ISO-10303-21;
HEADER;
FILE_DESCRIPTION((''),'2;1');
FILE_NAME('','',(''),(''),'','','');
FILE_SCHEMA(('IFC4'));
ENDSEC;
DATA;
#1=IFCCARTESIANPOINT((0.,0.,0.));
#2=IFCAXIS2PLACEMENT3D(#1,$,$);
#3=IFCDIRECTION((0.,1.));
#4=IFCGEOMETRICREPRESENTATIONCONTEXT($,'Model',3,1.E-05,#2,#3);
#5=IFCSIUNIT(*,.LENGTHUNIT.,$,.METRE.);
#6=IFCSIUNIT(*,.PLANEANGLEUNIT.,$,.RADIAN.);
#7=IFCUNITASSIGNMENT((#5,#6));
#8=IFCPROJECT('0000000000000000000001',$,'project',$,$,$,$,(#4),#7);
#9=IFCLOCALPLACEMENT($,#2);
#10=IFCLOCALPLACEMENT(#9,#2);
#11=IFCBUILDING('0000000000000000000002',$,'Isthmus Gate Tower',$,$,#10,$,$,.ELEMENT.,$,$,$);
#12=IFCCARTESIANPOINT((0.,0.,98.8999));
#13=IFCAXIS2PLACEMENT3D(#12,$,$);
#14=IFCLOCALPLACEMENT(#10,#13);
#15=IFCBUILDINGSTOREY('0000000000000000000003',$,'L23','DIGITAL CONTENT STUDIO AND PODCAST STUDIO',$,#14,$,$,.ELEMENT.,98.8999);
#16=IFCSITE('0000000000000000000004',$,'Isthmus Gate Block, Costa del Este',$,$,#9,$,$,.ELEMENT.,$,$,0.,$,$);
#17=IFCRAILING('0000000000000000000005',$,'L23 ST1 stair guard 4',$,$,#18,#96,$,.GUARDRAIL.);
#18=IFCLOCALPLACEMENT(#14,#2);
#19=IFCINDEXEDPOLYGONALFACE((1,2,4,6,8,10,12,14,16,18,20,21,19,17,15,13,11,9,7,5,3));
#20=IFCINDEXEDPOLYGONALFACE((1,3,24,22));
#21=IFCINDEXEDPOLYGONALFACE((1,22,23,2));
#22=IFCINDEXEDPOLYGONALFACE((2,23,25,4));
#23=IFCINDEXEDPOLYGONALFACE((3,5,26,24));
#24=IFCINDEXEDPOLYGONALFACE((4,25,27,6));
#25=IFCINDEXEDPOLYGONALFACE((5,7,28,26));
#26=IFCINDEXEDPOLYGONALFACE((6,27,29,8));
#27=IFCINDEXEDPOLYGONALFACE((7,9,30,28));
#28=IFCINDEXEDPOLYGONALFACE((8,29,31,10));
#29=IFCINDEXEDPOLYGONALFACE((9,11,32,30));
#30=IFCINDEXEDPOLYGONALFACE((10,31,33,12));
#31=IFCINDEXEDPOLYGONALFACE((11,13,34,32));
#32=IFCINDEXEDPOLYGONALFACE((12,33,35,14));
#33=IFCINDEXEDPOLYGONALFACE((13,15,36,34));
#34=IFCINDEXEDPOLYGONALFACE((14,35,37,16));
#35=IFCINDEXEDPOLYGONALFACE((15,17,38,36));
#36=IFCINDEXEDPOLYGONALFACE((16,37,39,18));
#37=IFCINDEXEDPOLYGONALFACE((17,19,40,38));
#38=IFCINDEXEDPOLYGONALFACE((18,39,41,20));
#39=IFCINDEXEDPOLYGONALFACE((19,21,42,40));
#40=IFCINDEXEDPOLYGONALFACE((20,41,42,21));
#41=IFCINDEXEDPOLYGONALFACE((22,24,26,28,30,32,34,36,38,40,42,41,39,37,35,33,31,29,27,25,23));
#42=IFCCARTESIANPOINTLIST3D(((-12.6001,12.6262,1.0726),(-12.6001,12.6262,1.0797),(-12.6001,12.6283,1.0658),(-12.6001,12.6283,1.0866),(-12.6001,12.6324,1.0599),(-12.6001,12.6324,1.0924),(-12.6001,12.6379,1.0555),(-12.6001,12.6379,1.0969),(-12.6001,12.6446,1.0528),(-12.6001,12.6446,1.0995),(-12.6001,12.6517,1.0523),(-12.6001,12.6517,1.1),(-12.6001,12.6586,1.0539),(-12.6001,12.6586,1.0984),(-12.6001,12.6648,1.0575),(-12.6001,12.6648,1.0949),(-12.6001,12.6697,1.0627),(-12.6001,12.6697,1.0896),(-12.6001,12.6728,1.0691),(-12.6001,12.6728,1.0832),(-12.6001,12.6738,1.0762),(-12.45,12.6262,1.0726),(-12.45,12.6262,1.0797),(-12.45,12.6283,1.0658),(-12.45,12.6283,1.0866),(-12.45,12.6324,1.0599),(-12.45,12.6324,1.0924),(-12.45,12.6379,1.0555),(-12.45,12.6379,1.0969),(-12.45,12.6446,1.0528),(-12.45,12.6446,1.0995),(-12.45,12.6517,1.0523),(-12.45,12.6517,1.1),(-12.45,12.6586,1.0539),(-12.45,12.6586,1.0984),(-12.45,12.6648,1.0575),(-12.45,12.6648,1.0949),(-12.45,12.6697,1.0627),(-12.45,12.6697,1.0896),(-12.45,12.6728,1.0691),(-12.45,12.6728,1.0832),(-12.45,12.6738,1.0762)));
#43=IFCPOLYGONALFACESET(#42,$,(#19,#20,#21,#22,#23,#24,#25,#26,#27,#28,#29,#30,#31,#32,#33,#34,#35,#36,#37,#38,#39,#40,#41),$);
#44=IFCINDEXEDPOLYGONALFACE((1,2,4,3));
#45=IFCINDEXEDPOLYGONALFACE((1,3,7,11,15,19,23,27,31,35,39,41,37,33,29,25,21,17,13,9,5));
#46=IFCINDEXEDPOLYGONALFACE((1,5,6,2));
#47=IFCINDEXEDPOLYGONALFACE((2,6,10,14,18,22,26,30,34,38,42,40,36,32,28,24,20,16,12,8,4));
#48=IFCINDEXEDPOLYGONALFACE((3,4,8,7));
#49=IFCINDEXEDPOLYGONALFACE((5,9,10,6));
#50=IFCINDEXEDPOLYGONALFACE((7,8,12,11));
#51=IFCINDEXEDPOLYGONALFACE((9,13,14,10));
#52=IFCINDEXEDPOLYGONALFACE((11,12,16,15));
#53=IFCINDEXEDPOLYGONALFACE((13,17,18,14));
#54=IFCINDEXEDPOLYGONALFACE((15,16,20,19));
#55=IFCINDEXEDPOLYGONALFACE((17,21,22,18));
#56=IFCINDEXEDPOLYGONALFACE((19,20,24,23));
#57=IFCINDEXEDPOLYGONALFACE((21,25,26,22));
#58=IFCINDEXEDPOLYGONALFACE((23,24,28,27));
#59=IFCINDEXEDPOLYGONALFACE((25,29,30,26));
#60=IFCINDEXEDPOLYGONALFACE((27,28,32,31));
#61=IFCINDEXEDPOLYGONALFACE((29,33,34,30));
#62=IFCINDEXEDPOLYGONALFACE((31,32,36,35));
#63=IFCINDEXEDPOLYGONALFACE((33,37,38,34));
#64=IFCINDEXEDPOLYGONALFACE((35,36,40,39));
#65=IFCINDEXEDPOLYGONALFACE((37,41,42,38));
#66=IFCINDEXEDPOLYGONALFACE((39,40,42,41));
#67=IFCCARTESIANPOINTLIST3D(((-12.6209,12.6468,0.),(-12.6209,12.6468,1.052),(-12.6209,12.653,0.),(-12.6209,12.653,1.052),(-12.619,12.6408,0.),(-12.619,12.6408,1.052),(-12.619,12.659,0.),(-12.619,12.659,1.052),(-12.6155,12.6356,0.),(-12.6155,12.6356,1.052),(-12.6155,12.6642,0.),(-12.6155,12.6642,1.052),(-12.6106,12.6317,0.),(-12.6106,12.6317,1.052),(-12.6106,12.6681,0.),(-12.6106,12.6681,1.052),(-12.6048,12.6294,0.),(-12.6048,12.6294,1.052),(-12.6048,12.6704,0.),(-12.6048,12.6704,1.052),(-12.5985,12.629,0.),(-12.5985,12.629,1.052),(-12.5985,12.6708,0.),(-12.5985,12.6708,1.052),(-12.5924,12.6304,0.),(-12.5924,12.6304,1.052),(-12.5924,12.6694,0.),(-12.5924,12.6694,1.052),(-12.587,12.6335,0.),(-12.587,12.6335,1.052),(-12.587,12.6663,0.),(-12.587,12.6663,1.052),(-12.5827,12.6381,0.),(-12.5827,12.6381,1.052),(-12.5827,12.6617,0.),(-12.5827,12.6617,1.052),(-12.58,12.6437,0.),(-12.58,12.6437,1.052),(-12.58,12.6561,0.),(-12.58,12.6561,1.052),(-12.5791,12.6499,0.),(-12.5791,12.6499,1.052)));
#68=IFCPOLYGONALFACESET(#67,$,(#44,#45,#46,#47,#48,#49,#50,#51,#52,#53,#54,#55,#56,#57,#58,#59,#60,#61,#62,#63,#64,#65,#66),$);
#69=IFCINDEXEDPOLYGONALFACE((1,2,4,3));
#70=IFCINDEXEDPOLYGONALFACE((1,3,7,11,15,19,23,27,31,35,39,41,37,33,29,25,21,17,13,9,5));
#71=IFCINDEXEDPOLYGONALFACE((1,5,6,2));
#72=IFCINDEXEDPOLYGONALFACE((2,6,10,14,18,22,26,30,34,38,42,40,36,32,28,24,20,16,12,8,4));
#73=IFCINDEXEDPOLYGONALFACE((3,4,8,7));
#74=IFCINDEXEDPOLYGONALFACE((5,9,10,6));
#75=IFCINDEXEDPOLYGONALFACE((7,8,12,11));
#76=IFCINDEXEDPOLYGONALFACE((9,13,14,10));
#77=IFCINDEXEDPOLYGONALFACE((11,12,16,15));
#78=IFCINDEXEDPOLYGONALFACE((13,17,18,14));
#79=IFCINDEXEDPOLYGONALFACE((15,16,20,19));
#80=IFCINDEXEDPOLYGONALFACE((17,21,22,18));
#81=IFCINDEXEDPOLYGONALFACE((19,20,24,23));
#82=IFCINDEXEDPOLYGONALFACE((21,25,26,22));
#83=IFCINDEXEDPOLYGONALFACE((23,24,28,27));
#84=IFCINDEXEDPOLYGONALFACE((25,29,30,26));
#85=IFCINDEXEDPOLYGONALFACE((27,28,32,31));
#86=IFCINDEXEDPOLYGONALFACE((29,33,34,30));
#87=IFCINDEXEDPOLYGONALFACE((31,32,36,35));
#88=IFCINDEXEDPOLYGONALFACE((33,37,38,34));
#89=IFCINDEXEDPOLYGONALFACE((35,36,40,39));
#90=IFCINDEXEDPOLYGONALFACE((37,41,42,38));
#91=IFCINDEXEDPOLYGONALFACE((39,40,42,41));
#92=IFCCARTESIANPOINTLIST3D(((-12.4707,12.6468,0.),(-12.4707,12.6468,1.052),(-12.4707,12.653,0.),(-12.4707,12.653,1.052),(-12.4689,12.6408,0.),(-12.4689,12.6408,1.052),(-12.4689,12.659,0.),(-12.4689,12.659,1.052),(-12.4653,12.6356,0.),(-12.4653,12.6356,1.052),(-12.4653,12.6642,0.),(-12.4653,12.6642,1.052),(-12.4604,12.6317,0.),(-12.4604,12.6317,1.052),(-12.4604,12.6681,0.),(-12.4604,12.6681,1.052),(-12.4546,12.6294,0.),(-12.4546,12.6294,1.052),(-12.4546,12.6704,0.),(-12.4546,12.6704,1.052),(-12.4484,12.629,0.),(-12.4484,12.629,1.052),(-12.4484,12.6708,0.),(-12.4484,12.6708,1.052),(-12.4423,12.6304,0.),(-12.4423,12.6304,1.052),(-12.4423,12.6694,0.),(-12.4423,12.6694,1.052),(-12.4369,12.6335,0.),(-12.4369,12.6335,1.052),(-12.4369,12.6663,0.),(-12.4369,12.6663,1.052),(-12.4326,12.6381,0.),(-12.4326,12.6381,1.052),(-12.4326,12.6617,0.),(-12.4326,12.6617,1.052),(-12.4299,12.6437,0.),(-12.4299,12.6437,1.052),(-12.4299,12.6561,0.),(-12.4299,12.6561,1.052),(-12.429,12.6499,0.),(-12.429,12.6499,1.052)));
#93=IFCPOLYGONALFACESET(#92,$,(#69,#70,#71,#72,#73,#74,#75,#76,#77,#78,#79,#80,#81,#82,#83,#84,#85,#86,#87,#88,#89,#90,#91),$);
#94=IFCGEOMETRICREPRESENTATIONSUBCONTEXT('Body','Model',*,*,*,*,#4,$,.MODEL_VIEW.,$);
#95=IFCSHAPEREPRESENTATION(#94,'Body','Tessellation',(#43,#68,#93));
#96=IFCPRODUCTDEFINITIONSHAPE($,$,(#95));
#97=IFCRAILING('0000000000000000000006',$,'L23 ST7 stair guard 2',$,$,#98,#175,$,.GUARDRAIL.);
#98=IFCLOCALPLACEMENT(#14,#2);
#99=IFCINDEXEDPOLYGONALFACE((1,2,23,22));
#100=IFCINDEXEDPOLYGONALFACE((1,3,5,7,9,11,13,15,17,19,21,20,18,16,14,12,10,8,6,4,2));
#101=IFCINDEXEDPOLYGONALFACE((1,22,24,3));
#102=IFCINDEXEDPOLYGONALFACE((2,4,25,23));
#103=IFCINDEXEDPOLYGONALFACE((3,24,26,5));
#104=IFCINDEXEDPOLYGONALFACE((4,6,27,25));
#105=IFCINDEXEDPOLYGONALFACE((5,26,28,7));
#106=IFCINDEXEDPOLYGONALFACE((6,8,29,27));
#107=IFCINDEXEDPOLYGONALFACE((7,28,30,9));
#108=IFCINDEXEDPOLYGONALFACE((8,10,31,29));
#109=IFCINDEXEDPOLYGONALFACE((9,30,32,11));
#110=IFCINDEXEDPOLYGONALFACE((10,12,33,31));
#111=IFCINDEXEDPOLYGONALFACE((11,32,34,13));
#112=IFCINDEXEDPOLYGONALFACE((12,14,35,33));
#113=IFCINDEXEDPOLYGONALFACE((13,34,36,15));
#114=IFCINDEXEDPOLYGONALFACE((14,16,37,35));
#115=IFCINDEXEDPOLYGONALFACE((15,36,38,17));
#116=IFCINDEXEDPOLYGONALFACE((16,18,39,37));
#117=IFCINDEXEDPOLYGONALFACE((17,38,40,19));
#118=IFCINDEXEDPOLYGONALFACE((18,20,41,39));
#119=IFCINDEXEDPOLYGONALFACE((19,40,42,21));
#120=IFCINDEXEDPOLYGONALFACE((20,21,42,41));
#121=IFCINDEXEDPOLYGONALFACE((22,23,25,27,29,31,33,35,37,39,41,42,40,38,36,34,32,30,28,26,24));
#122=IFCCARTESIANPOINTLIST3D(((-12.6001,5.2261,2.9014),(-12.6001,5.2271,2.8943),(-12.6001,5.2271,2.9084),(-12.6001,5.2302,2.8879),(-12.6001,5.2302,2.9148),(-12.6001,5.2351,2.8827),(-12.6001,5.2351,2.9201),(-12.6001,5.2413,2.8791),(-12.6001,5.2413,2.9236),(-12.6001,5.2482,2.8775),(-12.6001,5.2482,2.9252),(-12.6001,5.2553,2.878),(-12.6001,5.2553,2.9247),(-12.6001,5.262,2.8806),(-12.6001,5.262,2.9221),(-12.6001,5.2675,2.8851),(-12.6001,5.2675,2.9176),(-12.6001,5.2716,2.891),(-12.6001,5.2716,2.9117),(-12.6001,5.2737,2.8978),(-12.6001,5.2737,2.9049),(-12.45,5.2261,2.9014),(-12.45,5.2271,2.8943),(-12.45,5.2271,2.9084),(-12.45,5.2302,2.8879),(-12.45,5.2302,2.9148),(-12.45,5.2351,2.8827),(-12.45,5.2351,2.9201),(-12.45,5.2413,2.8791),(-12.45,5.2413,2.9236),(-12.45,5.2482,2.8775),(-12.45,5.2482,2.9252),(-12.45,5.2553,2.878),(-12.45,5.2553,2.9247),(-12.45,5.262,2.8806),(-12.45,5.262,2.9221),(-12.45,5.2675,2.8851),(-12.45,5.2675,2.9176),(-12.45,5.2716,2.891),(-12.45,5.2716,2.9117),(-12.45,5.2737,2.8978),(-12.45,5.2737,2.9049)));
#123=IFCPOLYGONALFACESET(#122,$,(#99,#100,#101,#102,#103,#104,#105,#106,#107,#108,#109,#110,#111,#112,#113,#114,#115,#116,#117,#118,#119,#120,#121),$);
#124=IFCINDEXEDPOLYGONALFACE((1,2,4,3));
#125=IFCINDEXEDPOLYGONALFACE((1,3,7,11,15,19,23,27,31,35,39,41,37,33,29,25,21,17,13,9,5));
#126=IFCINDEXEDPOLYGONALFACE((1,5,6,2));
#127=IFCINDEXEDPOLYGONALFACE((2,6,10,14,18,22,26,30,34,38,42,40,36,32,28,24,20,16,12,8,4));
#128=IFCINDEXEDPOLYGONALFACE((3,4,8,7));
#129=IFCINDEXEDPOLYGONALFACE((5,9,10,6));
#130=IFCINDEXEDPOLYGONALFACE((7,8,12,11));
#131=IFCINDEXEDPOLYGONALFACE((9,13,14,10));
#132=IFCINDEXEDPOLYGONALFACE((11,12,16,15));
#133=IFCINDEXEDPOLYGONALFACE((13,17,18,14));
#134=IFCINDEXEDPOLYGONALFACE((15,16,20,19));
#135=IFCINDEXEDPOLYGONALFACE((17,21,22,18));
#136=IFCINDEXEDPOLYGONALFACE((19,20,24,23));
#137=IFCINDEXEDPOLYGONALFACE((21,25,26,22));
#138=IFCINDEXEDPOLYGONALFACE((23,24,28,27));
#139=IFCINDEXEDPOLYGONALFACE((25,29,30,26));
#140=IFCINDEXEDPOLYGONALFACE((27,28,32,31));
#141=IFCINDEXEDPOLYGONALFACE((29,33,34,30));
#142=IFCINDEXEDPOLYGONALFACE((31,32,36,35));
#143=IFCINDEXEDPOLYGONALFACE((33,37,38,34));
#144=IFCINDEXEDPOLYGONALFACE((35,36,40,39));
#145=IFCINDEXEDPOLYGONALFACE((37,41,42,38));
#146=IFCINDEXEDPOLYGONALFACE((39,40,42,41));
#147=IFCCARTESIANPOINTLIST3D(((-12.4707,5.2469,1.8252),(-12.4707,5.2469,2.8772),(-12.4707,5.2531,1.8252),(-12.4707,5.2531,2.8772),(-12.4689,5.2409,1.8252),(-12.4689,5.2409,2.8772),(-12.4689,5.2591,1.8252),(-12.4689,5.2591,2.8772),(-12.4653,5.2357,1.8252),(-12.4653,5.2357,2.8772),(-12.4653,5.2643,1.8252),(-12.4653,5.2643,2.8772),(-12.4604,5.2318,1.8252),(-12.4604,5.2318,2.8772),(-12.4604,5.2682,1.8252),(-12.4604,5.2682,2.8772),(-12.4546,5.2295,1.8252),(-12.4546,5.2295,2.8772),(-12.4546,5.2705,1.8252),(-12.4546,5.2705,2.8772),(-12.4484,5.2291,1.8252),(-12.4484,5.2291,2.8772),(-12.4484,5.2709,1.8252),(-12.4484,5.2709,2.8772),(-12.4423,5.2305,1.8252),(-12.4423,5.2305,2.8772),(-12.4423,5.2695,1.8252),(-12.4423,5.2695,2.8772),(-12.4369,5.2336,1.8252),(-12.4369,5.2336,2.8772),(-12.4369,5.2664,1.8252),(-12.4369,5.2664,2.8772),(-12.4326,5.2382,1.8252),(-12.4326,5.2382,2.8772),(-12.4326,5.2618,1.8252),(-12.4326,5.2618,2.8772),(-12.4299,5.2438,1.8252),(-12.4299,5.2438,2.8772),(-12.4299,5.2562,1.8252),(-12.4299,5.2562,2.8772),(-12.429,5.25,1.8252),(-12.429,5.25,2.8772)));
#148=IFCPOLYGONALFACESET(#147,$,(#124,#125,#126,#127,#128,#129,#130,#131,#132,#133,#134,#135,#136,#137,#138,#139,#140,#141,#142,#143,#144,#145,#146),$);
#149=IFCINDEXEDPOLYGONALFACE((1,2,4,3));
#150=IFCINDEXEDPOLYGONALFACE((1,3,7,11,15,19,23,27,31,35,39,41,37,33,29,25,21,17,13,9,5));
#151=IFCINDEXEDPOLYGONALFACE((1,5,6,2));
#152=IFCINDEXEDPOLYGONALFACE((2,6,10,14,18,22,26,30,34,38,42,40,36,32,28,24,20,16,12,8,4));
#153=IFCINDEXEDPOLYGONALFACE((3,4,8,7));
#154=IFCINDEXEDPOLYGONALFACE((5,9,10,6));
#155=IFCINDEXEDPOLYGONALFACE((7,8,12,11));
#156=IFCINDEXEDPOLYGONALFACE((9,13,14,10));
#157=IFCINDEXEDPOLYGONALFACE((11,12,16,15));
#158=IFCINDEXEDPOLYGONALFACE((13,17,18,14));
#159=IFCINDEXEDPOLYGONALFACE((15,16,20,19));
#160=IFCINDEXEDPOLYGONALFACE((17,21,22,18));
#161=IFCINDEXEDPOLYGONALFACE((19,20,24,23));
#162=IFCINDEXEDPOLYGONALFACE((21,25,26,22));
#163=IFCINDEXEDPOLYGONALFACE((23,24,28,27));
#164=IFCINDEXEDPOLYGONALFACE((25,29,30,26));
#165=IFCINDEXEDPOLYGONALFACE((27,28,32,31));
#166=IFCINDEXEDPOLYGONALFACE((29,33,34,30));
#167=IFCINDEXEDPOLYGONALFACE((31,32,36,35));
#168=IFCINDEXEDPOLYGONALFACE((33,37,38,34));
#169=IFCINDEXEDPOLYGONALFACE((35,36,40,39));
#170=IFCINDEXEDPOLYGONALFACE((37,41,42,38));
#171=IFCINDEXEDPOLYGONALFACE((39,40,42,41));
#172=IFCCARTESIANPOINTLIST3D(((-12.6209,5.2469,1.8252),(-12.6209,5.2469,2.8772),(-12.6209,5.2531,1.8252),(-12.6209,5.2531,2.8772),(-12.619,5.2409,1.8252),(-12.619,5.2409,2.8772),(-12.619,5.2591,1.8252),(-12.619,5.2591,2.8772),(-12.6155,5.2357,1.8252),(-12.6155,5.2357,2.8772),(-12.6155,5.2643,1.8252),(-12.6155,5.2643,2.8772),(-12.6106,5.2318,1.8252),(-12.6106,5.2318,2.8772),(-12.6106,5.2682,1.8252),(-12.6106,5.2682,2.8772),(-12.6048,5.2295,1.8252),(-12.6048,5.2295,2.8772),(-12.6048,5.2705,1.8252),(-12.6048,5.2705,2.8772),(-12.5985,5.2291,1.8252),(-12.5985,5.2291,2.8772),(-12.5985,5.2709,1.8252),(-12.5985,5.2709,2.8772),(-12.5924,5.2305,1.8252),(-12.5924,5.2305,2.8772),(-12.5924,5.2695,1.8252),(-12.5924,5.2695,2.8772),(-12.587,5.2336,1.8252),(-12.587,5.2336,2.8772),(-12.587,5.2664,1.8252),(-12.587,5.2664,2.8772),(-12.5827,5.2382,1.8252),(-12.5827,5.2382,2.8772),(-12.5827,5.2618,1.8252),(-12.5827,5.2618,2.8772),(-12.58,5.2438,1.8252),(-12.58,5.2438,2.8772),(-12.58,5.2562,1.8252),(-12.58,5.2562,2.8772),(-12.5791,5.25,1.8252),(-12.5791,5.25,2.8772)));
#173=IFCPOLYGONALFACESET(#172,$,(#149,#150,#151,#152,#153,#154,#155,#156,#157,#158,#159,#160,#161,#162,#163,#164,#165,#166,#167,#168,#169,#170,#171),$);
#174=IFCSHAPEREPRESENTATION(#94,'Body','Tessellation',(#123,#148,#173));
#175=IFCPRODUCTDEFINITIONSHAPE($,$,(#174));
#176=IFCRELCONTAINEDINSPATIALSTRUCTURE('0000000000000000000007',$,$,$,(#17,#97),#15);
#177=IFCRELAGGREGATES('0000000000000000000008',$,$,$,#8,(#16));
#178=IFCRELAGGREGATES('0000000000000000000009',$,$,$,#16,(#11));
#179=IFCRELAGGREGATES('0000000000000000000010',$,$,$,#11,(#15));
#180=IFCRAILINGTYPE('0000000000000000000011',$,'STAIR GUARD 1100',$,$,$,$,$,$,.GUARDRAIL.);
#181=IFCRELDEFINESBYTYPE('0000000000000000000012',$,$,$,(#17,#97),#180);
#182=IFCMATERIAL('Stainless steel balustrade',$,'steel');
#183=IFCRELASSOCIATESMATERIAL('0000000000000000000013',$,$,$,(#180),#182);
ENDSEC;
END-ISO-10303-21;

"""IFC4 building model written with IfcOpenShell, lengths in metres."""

from ifc_helpers import new_model, si_unit, direction, frame, origin, origin_2d, place, context, subcontext, project, spatial, circle, extrude, material, type_object, element, save


model = new_model("IFC4")

# Units and contexts
model_context = context("Model", 3, precision=1e-05, world=origin(), true_north=direction((0.0, 1.0)))
body_context = subcontext(model_context, "Body", "Model", "MODEL_VIEW")
ifc_project = project(units=[si_unit("LENGTHUNIT", "METRE"), si_unit("PLANEANGLEUNIT", "RADIAN")], contexts=[model_context])

# Site, building, storey
site_placement = place(None, origin())
site = spatial("IfcSite", under=ifc_project, at=site_placement, Name="Isthmus Gate Block, Costa del Este", CompositionType="ELEMENT", RefElevation=0.0)
building_placement = place(site_placement, origin())
building = spatial("IfcBuilding", under=site, at=building_placement, Name="Isthmus Gate Tower", CompositionType="ELEMENT")
storey_placement = place(building_placement, frame((0.0, 0.0, 98.8999)))
storey = spatial("IfcBuildingStorey", under=building, at=storey_placement, Name="L23", Description="DIGITAL CONTENT STUDIO AND PODCAST STUDIO", CompositionType="ELEMENT", Elevation=98.8999)

# Railings
ifc_material_1 = material(Name="Stainless steel balustrade", Category="steel")
railing_type_1 = type_object("IfcRailingType", Name="STAIR GUARD 1100", PredefinedType="GUARDRAIL", material=ifc_material_1)
railing_1_placement = place(storey_placement, frame((-12.6001, 12.6499, 0.0)))
element("IfcRailing", 1, at=railing_1_placement, inside=storey, type_object=railing_type_1, Name="L23 ST1 stair guard 4", PredefinedType="GUARDRAIL", context=body_context, shape_type="SweptSolid", body=[
    extrude(circle(Radius=0.0239, at=origin_2d()), frame((0.0, 0.0, 1.0762), z_axis=(1.0, 0.0, 0.0), x_axis=(0.0, 1.0, 0.0)), (0.0, 0.0, 1.0), 0.1501),
    extrude(circle(Radius=0.021, at=origin_2d()), origin(), (0.0, 0.0, 1.0), 1.052),
    extrude(circle(Radius=0.021, at=origin_2d()), frame((0.1501, 0.0, 0.0)), (0.0, 0.0, 1.0), 1.052),
])
railing_2_placement = place(storey_placement, frame((-12.45, 5.25, 1.8252)))
element("IfcRailing", 2, at=railing_2_placement, inside=storey, type_object=railing_type_1, Name="L23 ST7 stair guard 2", PredefinedType="GUARDRAIL", context=body_context, shape_type="SweptSolid", body=[
    extrude(circle(Radius=0.0239, at=origin_2d()), frame((0.0, 0.0, 1.0762), z_axis=(-1.0, 0.0, 0.0), x_axis=(0.0, -1.0, 0.0)), (0.0, 0.0, 1.0), 0.1501),
    extrude(circle(Radius=0.021, at=origin_2d()), origin(), (0.0, 0.0, 1.0), 1.052),
    extrude(circle(Radius=0.021, at=origin_2d()), frame((-0.1501, 0.0, 0.0)), (0.0, 0.0, 1.0), 1.052),
])

save(model, "model.ifc")
